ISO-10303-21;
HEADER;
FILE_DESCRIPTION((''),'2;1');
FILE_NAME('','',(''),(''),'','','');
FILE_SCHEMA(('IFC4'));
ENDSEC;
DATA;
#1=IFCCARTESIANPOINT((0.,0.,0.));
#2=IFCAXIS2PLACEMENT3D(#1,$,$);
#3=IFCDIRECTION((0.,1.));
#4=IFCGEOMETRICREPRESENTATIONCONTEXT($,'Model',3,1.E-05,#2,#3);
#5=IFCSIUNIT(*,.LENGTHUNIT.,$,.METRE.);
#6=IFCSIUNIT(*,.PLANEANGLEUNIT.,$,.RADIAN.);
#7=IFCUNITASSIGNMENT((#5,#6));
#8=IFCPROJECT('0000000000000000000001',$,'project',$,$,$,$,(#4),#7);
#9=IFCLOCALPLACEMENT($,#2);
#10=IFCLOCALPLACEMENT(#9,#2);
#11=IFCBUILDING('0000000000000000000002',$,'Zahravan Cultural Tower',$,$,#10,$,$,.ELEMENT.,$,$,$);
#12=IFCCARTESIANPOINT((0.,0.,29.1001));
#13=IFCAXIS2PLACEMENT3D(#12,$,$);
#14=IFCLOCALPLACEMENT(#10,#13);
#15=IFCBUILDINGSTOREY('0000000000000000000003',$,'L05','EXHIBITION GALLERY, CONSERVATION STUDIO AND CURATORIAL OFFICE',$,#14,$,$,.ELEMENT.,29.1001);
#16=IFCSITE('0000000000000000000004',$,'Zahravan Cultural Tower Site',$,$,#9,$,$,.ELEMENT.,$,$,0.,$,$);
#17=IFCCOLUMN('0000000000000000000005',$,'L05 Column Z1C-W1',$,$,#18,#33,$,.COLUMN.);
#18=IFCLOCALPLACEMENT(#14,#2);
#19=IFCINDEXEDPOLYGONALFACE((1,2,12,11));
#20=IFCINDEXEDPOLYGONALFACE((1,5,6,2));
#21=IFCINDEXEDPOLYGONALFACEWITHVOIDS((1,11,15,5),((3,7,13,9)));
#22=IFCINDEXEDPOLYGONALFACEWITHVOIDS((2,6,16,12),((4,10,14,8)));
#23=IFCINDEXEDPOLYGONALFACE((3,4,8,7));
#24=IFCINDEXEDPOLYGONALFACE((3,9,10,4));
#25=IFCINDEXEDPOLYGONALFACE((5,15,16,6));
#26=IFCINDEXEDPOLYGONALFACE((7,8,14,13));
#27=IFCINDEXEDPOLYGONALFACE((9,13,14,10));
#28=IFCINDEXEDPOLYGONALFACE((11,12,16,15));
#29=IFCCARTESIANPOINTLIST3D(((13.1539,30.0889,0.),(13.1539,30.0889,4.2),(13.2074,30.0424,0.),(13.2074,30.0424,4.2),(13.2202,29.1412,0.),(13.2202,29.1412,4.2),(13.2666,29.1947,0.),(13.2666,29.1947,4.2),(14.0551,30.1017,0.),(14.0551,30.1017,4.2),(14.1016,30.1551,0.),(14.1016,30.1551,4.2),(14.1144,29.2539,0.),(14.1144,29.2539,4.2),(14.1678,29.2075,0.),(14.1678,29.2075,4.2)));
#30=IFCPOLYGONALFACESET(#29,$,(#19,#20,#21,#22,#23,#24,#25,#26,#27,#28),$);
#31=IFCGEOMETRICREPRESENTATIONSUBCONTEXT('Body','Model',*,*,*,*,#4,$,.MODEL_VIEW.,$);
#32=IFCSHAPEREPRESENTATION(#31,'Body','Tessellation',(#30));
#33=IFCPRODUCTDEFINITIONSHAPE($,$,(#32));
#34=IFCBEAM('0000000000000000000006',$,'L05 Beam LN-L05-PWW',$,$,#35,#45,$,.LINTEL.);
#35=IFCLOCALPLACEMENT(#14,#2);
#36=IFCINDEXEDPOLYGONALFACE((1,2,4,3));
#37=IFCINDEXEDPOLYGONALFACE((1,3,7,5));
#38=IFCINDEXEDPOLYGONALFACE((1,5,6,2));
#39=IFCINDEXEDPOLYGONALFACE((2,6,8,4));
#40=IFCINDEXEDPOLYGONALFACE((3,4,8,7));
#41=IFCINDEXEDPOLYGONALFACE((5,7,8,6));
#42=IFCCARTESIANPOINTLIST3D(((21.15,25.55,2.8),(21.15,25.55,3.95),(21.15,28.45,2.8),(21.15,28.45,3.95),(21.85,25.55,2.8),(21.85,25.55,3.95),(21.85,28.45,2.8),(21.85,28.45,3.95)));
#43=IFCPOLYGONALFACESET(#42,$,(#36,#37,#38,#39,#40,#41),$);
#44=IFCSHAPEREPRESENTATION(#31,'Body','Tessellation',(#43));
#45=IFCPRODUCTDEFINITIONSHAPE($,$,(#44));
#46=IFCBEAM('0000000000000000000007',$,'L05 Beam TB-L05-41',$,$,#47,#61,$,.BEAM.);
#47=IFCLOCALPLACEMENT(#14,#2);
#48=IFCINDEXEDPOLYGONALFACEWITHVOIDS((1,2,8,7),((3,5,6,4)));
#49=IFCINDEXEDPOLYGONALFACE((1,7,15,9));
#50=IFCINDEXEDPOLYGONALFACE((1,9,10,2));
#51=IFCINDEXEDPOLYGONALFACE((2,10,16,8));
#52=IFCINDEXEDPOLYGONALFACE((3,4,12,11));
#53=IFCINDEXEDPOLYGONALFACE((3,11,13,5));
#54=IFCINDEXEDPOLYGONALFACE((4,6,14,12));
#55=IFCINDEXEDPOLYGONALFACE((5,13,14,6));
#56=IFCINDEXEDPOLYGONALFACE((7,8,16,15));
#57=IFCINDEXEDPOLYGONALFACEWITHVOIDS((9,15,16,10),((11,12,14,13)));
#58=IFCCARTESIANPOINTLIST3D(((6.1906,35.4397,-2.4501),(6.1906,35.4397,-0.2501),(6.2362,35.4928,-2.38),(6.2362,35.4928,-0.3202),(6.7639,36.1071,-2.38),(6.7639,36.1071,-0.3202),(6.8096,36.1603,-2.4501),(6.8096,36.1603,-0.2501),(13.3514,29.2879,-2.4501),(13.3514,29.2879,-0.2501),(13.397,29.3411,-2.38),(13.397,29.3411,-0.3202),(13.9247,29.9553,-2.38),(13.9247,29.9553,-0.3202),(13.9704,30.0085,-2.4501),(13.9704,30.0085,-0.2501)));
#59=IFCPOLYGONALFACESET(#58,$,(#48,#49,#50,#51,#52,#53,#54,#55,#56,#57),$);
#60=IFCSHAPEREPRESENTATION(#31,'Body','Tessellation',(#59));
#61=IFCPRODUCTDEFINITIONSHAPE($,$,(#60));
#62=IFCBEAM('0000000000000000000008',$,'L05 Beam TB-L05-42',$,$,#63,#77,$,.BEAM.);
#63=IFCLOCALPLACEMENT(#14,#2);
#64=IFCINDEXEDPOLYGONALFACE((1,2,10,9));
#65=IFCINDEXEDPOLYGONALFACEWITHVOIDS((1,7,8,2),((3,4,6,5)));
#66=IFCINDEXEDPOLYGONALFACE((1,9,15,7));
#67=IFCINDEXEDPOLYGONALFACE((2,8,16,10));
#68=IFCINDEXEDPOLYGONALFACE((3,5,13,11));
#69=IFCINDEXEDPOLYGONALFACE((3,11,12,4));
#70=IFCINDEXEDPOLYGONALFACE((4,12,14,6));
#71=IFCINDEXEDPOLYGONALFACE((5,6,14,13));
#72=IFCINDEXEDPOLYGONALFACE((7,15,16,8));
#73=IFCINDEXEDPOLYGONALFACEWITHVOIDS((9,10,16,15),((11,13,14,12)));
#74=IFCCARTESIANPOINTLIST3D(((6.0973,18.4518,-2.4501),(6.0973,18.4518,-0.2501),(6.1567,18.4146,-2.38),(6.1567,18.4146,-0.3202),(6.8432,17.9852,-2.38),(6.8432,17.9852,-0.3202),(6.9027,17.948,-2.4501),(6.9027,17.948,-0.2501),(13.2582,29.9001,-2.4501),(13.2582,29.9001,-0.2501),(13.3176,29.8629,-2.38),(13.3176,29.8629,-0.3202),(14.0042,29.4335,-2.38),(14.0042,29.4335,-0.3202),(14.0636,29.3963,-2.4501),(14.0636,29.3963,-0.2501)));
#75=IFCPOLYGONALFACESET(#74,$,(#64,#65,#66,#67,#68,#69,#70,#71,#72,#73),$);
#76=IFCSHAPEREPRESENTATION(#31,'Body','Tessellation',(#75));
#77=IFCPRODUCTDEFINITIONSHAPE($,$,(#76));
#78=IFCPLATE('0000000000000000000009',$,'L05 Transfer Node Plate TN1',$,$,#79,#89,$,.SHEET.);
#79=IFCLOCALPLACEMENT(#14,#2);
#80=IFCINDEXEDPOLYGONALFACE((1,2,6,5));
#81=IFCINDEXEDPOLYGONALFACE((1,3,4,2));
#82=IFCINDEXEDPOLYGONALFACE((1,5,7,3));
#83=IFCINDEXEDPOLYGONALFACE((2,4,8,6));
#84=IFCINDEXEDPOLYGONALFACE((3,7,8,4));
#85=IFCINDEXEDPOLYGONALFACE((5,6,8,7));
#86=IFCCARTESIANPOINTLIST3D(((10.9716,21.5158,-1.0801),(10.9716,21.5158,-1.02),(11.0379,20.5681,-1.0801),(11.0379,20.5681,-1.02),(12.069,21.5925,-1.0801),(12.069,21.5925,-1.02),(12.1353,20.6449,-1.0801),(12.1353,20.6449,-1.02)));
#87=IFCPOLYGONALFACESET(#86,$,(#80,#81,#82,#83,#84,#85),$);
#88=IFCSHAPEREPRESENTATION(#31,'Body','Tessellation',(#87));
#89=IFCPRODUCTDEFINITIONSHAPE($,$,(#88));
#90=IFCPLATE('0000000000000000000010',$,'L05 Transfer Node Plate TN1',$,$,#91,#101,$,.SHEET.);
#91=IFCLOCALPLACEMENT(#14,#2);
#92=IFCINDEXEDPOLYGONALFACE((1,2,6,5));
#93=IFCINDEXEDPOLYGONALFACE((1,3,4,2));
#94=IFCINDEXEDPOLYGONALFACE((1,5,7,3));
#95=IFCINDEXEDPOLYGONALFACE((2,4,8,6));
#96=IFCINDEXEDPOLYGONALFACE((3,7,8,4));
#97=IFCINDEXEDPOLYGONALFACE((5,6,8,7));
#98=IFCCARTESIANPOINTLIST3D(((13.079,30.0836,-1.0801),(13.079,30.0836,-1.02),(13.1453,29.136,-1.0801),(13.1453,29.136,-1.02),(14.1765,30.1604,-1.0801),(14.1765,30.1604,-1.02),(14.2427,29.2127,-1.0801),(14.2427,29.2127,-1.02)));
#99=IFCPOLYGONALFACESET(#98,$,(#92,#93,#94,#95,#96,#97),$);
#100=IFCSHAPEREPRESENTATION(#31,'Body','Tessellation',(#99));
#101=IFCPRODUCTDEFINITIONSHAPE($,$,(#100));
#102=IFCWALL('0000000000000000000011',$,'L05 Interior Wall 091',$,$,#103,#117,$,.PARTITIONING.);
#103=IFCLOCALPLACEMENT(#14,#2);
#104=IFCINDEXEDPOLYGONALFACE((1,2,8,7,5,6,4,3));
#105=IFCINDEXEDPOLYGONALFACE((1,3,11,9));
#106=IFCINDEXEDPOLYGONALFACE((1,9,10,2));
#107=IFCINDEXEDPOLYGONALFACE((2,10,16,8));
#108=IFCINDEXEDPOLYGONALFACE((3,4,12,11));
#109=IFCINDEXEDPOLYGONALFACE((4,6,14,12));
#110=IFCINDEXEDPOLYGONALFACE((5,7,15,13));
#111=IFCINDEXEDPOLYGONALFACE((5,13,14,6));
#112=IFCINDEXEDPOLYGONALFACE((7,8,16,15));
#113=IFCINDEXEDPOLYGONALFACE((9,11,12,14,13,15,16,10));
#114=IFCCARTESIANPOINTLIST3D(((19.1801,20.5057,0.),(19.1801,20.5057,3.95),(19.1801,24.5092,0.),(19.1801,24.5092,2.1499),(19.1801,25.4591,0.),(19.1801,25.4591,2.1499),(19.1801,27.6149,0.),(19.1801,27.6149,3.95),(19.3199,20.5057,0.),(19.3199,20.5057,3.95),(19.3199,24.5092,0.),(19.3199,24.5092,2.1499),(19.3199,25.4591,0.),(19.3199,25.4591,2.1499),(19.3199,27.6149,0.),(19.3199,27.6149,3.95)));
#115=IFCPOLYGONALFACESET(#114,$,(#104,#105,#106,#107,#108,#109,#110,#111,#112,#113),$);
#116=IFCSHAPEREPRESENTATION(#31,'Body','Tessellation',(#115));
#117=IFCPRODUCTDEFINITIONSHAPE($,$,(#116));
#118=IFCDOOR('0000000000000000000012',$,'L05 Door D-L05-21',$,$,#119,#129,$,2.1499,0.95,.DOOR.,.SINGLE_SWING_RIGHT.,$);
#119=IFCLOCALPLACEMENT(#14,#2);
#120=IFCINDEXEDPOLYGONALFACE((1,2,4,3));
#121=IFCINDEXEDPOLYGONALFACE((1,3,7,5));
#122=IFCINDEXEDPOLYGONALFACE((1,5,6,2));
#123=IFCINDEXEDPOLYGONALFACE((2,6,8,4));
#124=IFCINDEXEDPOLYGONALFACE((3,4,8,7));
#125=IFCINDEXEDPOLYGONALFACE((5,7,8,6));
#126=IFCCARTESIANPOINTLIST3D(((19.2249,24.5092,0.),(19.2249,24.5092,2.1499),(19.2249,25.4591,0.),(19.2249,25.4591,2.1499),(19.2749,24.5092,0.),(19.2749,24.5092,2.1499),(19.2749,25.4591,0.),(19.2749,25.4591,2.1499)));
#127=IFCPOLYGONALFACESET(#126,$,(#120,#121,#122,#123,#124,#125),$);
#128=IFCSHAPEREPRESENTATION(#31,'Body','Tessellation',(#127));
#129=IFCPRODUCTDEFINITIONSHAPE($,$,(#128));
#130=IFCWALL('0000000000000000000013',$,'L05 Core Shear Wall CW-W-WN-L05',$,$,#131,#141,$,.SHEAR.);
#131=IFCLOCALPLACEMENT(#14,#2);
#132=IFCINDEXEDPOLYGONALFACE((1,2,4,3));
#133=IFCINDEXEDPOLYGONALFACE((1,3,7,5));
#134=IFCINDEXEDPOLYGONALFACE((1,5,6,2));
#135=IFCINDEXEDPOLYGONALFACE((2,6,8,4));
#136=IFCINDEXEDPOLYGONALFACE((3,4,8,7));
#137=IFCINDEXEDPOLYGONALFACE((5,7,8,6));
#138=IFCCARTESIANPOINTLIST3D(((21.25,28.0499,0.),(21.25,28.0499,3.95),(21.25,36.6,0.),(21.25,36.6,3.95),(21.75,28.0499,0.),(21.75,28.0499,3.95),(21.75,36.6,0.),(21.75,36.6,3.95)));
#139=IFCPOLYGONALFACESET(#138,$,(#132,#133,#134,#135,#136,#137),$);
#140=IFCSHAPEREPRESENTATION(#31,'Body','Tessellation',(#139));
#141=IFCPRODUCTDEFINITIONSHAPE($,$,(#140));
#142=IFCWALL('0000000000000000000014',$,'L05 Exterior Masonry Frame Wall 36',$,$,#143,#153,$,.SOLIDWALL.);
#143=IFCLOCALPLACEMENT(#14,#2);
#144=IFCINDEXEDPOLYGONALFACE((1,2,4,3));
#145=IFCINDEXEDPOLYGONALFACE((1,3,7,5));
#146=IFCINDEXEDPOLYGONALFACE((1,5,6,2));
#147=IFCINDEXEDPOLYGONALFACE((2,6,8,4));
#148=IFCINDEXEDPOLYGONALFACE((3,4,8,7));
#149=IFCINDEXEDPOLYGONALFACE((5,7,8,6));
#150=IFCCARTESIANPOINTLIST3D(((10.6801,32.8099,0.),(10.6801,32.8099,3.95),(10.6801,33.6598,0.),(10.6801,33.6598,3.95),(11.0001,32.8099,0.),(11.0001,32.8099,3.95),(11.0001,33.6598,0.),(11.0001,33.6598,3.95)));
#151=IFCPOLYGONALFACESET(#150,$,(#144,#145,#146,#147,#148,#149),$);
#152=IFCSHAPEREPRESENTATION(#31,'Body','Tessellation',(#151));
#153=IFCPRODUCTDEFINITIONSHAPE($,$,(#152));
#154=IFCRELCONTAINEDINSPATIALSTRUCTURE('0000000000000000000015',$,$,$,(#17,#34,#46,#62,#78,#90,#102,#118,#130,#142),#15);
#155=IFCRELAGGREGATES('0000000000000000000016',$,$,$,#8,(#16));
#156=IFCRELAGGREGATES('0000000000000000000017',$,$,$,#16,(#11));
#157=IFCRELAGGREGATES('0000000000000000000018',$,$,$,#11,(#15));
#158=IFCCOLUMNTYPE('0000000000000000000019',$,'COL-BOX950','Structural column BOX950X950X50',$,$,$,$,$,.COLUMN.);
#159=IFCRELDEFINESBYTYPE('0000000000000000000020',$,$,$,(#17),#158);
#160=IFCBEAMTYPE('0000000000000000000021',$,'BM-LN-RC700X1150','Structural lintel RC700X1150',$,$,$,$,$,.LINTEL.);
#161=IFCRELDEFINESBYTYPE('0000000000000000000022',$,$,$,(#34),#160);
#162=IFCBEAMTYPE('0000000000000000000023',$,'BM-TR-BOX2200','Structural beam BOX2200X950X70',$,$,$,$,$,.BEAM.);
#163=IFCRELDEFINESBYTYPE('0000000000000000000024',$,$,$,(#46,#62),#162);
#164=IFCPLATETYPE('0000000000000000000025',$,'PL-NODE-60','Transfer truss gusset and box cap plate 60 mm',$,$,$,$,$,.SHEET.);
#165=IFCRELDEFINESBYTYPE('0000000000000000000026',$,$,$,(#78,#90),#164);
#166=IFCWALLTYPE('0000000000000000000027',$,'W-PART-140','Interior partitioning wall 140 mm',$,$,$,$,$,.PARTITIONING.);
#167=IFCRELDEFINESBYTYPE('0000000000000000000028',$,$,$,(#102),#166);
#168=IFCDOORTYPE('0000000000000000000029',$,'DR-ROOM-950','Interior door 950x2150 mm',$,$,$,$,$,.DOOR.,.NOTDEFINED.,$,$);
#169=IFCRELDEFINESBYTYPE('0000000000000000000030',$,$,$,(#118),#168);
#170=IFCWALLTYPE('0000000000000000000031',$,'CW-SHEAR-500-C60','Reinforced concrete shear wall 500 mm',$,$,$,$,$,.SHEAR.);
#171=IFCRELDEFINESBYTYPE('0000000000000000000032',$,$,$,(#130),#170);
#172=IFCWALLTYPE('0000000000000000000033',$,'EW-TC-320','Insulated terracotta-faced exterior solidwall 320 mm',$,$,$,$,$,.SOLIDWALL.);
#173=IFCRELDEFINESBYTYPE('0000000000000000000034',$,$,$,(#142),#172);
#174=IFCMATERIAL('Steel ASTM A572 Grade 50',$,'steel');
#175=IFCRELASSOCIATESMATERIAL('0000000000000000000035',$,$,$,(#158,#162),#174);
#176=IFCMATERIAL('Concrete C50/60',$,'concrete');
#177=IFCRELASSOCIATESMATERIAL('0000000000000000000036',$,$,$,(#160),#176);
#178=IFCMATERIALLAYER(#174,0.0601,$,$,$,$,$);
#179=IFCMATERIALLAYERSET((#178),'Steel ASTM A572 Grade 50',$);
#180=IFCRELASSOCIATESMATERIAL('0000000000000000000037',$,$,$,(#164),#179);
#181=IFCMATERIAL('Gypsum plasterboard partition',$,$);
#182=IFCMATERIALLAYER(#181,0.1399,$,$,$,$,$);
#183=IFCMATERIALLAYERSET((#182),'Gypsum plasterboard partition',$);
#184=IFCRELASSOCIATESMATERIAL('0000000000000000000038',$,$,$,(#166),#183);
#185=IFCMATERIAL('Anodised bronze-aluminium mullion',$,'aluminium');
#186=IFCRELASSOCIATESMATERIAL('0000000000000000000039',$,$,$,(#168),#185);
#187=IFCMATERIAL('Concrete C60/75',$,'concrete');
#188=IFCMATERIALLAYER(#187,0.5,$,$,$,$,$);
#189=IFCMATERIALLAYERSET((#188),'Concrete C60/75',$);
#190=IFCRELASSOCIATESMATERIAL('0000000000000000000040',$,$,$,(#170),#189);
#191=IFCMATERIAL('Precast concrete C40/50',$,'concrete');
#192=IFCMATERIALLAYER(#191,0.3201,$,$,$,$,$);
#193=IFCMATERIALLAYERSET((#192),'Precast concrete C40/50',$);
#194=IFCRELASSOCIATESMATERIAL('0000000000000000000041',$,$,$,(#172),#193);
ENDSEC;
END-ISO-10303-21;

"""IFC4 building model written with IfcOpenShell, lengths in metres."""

from ifc_helpers import new_model, si_unit, direction, frame, frame_2d, origin, origin_2d, place, context, subcontext, project, spatial, rectangle, hollow_rectangle, extrude, source, transform, mapped, material, layer, layer_set, material_profile, profile_set, type_object, element, fill, save


model = new_model("IFC4")

# Units and contexts
model_context = context("Model", 3, precision=1e-05, world=origin(), true_north=direction((0.0, 1.0)))
body_context = subcontext(model_context, "Body", "Model", "MODEL_VIEW")
ifc_project = project(units=[si_unit("LENGTHUNIT", "METRE"), si_unit("PLANEANGLEUNIT", "RADIAN")], contexts=[model_context])

# Site, building, storey
site_placement = place(None, origin())
site = spatial("IfcSite", under=ifc_project, at=site_placement, Name="Zahravan Cultural Tower Site", CompositionType="ELEMENT", RefElevation=0.0)
building_placement = place(site_placement, origin())
building = spatial("IfcBuilding", under=site, at=building_placement, Name="Zahravan Cultural Tower", CompositionType="ELEMENT")
storey_placement = place(building_placement, frame((0.0, 0.0, 29.1001)))
storey = spatial("IfcBuildingStorey", under=building, at=storey_placement, Name="L05", Description="EXHIBITION GALLERY, CONSERVATION STUDIO AND CURATORIAL OFFICE", CompositionType="ELEMENT", Elevation=29.1001)

# Column
ifc_material_1 = material(Name="Steel ASTM A572 Grade 50", Category="steel")
ifc_material_profile_1 = material_profile(ifc_material_1, hollow_rectangle(XDim=0.95, YDim=0.95, WallThickness=0.05, at=origin_2d()), Name="BOX950X950X50")
ifc_profile_set_1 = profile_set([ifc_material_profile_1], Name="Steel ASTM A572 Grade 50")
column_type = type_object("IfcColumnType", Name="COL-BOX950", Description="Structural column BOX950X950X50", PredefinedType="COLUMN", material=ifc_profile_set_1)
shared_shape_1 = source(origin(), body_context, "Body", "SweptSolid", [
    extrude(hollow_rectangle(XDim=0.95, YDim=0.95, WallThickness=0.05, at=origin_2d()), origin(), (0.0, 0.0, 1.0), 4.2),
])
column_placement = place(storey_placement, frame((13.6609, 29.6482, 0.0), z_axis=(0.0, 0.0, 1.0), x_axis=(0.997564, 0.069756, 0.0)))
element("IfcColumn", 1, at=column_placement, inside=storey, type_object=column_type, Name="L05 Column Z1C-W1", PredefinedType="COLUMN", context=body_context, shape_type="MappedRepresentation", body=[
    mapped(shared_shape_1, transform((0.0, 0.0, 0.0), x_axis=(1.0, 0.0, 0.0), y_axis=(0.0, 1.0, 0.0), z_axis=(0.0, 0.0, 1.0), scale=1.0)),
])

# Beams
ifc_material_2 = material(Name="Concrete C50/60", Category="concrete")
ifc_material_profile_2 = material_profile(ifc_material_2, rectangle(XDim=0.7, YDim=1.1499, at=origin_2d()), Name="RC700X1150")
ifc_profile_set_2 = profile_set([ifc_material_profile_2], Name="Concrete C50/60")
beam_type_1 = type_object("IfcBeamType", Name="BM-LN-RC700X1150", Description="Structural lintel RC700X1150", PredefinedType="LINTEL", material=ifc_profile_set_2)
shared_shape_2 = source(origin(), body_context, "Body", "SweptSolid", [
    extrude(rectangle(XDim=0.7, YDim=1.1499, at=origin_2d()), origin(), (0.0, 0.0, 1.0), 2.8999),
])
beam_1_placement = place(storey_placement, frame((21.5, 25.55, 3.375), z_axis=(0.0, 1.0, 0.0), x_axis=(-1.0, 0.0, 0.0)))
element("IfcBeam", 2, at=beam_1_placement, inside=storey, type_object=beam_type_1, Name="L05 Beam LN-L05-PWW", PredefinedType="LINTEL", context=body_context, shape_type="MappedRepresentation", body=[
    mapped(shared_shape_2, transform((0.0, 0.0, 0.0), x_axis=(1.0, 0.0, 0.0), y_axis=(0.0, 1.0, 0.0), z_axis=(0.0, 0.0, 1.0), scale=1.0)),
])
ifc_material_profile_3 = material_profile(ifc_material_1, hollow_rectangle(XDim=0.95, YDim=2.2, WallThickness=0.0701, at=origin_2d()), Name="BOX2200X950X70")
ifc_profile_set_3 = profile_set([ifc_material_profile_3], Name="Steel ASTM A572 Grade 50")
beam_type_2 = type_object("IfcBeamType", Name="BM-TR-BOX2200", Description="Structural beam BOX2200X950X70", PredefinedType="BEAM", material=ifc_profile_set_3)
shared_shape_3 = source(origin(), body_context, "Body", "SweptSolid", [
    extrude(hollow_rectangle(XDim=0.95, YDim=2.2, WallThickness=0.0701, at=origin_2d()), origin(), (0.0, 0.0, 1.0), 9.4404),
])
beam_2_placement = place(storey_placement, frame((13.6609, 29.6482, -1.3501), z_axis=(-0.758526, 0.651643, 0.0), x_axis=(-0.651643, -0.758526, 0.0)))
element("IfcBeam", 3, at=beam_2_placement, inside=storey, type_object=beam_type_2, Name="L05 Beam TB-L05-41", PredefinedType="BEAM", context=body_context, shape_type="MappedRepresentation", body=[
    mapped(shared_shape_3, transform((0.0, 0.0, 0.0), x_axis=(1.0, 0.0, 0.0), y_axis=(0.0, 1.0, 0.0), z_axis=(0.0, 0.0, 1.0), scale=1.0)),
])
shared_shape_4 = source(origin(), body_context, "Body", "SweptSolid", [
    extrude(hollow_rectangle(XDim=0.95, YDim=2.2, WallThickness=0.0701, at=origin_2d()), origin(), (0.0, 0.0, 1.0), 13.5034),
])
beam_3_placement = place(storey_placement, frame((13.6609, 29.6482, -1.3501), z_axis=(-0.530304, -0.847807, 0.0), x_axis=(0.847807, -0.530304, 0.0)))
element("IfcBeam", 4, at=beam_3_placement, inside=storey, type_object=beam_type_2, Name="L05 Beam TB-L05-42", PredefinedType="BEAM", context=body_context, shape_type="MappedRepresentation", body=[
    mapped(shared_shape_4, transform((0.0, 0.0, 0.0), x_axis=(1.0, 0.0, 0.0), y_axis=(0.0, 1.0, 0.0), z_axis=(0.0, 0.0, 1.0), scale=1.0)),
])

# Plates
ifc_layer_1 = layer(ifc_material_1, 0.0601)
ifc_layer_set_1 = layer_set([ifc_layer_1], Name="Steel ASTM A572 Grade 50")
plate_type = type_object("IfcPlateType", Name="PL-NODE-60", Description="Transfer truss gusset and box cap plate 60 mm", PredefinedType="SHEET", material=ifc_layer_set_1)
shared_shape_5 = source(origin(), body_context, "Body", "SweptSolid", [
    extrude(rectangle(XDim=1.1001, YDim=0.95, at=origin_2d()), origin(), (0.0, 0.0, 1.0), 0.0601),
])
for number, where, z_axis, x_axis, name in (
    (5, (11.5535, 21.0803, -1.0801), (0.0, 0.0, 1.0), (0.997564, 0.069756, 0.0), "L05 Transfer Node Plate TN1"),
    (6, (13.6609, 29.6482, -1.0801), (0.0, 0.0, 1.0), (0.997564, 0.069756, 0.0), "L05 Transfer Node Plate TN1"),
):
    element("IfcPlate", number, at=place(storey_placement, frame(where, z_axis=z_axis, x_axis=x_axis)), inside=storey, type_object=plate_type, Name=name, PredefinedType="SHEET", context=body_context, shape_type="MappedRepresentation", body=[
        mapped(shared_shape_5, transform((0.0, 0.0, 0.0), x_axis=(1.0, 0.0, 0.0), y_axis=(0.0, 1.0, 0.0), z_axis=(0.0, 0.0, 1.0), scale=1.0)),
    ])

# Wall, opening, door
ifc_material_3 = material(Name="Gypsum plasterboard partition")
ifc_layer_2 = layer(ifc_material_3, 0.1399)
ifc_layer_set_2 = layer_set([ifc_layer_2], Name="Gypsum plasterboard partition")
wall_type_1 = type_object("IfcWallType", Name="W-PART-140", Description="Interior partitioning wall 140 mm", PredefinedType="PARTITIONING", material=ifc_layer_set_2)
wall_1_placement = place(storey_placement, frame((19.25, 27.615, 0.0), z_axis=(0.0, 0.0, 1.0), x_axis=(0.0, -1.0, 0.0)))
wall_1 = element("IfcWall", 7, at=wall_1_placement, inside=storey, type_object=wall_type_1, Name="L05 Interior Wall 091", PredefinedType="PARTITIONING", context=body_context, shape_type="SweptSolid", body=[
    extrude(rectangle(XDim=7.1091, YDim=0.1399, at=frame_2d((3.5547, 0.0))), origin(), (0.0, 0.0, 1.0), 3.95),
])
opening_placement = place(wall_1_placement, frame((2.1558, 0.0, 0.0)))
opening = element("IfcOpeningElement", 8, at=opening_placement, cuts=wall_1, PredefinedType="OPENING", context=body_context, shape_type="SweptSolid", body=[
    extrude(rectangle(XDim=0.95, YDim=2.1499, at=frame_2d((0.4751, 1.075))), frame((0.0, 0.0798, 0.0), z_axis=(0.0, -1.0, 0.0), x_axis=(1.0, 0.0, 0.0)), (0.0, 0.0, 1.0), 0.1599),
])
ifc_material_4 = material(Name="Anodised bronze-aluminium mullion", Category="aluminium")
door_type = type_object("IfcDoorType", Name="DR-ROOM-950", Description="Interior door 950x2150 mm", OperationType="NOTDEFINED", PredefinedType="DOOR", material=ifc_material_4)
shared_shape_6 = source(origin(), body_context, "Body", "SweptSolid", [
    extrude(rectangle(XDim=0.95, YDim=2.1499, at=frame_2d((0.4751, 1.075))), frame((0.0, 0.0249, 0.0), z_axis=(0.0, -1.0, 0.0), x_axis=(1.0, 0.0, 0.0)), (0.0, 0.0, 1.0), 0.05),
])
door_placement = place(opening_placement, origin())
door = element("IfcDoor", 9, at=door_placement, inside=storey, type_object=door_type, Name="L05 Door D-L05-21", OperationType="SINGLE_SWING_RIGHT", OverallHeight=2.1499, OverallWidth=0.95, PredefinedType="DOOR", context=body_context, shape_type="MappedRepresentation", body=[
    mapped(shared_shape_6, transform((0.0, 0.0, 0.0), x_axis=(1.0, 0.0, 0.0), y_axis=(0.0, 1.0, 0.0), z_axis=(0.0, 0.0, 1.0), scale=1.0)),
])
fill(opening, door)

# Walls
ifc_material_5 = material(Name="Concrete C60/75", Category="concrete")
ifc_layer_3 = layer(ifc_material_5, 0.5)
ifc_layer_set_3 = layer_set([ifc_layer_3], Name="Concrete C60/75")
wall_type_2 = type_object("IfcWallType", Name="CW-SHEAR-500-C60", Description="Reinforced concrete shear wall 500 mm", PredefinedType="SHEAR", material=ifc_layer_set_3)
shared_shape_7 = source(origin(), body_context, "Body", "SweptSolid", [
    extrude(rectangle(XDim=8.55, YDim=0.5, at=frame_2d((4.2749, 0.0))), origin(), (0.0, 0.0, 1.0), 3.95),
])
wall_2_placement = place(storey_placement, frame((21.5, 28.05, 0.0), z_axis=(0.0, 0.0, 1.0), x_axis=(0.0, 1.0, 0.0)))
element("IfcWall", 10, at=wall_2_placement, inside=storey, type_object=wall_type_2, Name="L05 Core Shear Wall CW-W-WN-L05", PredefinedType="SHEAR", context=body_context, shape_type="MappedRepresentation", body=[
    mapped(shared_shape_7, transform((0.0, 0.0, 0.0), x_axis=(1.0, 0.0, 0.0), y_axis=(0.0, 1.0, 0.0), z_axis=(0.0, 0.0, 1.0), scale=1.0)),
])
ifc_material_6 = material(Name="Precast concrete C40/50", Category="concrete")
ifc_layer_4 = layer(ifc_material_6, 0.3201)
ifc_layer_set_4 = layer_set([ifc_layer_4], Name="Precast concrete C40/50")
wall_type_3 = type_object("IfcWallType", Name="EW-TC-320", Description="Insulated terracotta-faced exterior solidwall 320 mm", PredefinedType="SOLIDWALL", material=ifc_layer_set_4)
shared_shape_8 = source(origin(), body_context, "Body", "SweptSolid", [
    extrude(rectangle(XDim=0.8499, YDim=0.3201, at=frame_2d((0.4248, 0.0))), origin(), (0.0, 0.0, 1.0), 3.95),
])
wall_3_placement = place(storey_placement, frame((10.8401, 32.8101, 0.0), z_axis=(0.0, 0.0, 1.0), x_axis=(0.0, 1.0, 0.0)))
element("IfcWall", 11, at=wall_3_placement, inside=storey, type_object=wall_type_3, Name="L05 Exterior Masonry Frame Wall 36", PredefinedType="SOLIDWALL", context=body_context, shape_type="MappedRepresentation", body=[
    mapped(shared_shape_8, transform((0.0, 0.0, 0.0), x_axis=(1.0, 0.0, 0.0), y_axis=(0.0, 1.0, 0.0), z_axis=(0.0, 0.0, 1.0), scale=1.0)),
])

save(model, "model.ifc")
